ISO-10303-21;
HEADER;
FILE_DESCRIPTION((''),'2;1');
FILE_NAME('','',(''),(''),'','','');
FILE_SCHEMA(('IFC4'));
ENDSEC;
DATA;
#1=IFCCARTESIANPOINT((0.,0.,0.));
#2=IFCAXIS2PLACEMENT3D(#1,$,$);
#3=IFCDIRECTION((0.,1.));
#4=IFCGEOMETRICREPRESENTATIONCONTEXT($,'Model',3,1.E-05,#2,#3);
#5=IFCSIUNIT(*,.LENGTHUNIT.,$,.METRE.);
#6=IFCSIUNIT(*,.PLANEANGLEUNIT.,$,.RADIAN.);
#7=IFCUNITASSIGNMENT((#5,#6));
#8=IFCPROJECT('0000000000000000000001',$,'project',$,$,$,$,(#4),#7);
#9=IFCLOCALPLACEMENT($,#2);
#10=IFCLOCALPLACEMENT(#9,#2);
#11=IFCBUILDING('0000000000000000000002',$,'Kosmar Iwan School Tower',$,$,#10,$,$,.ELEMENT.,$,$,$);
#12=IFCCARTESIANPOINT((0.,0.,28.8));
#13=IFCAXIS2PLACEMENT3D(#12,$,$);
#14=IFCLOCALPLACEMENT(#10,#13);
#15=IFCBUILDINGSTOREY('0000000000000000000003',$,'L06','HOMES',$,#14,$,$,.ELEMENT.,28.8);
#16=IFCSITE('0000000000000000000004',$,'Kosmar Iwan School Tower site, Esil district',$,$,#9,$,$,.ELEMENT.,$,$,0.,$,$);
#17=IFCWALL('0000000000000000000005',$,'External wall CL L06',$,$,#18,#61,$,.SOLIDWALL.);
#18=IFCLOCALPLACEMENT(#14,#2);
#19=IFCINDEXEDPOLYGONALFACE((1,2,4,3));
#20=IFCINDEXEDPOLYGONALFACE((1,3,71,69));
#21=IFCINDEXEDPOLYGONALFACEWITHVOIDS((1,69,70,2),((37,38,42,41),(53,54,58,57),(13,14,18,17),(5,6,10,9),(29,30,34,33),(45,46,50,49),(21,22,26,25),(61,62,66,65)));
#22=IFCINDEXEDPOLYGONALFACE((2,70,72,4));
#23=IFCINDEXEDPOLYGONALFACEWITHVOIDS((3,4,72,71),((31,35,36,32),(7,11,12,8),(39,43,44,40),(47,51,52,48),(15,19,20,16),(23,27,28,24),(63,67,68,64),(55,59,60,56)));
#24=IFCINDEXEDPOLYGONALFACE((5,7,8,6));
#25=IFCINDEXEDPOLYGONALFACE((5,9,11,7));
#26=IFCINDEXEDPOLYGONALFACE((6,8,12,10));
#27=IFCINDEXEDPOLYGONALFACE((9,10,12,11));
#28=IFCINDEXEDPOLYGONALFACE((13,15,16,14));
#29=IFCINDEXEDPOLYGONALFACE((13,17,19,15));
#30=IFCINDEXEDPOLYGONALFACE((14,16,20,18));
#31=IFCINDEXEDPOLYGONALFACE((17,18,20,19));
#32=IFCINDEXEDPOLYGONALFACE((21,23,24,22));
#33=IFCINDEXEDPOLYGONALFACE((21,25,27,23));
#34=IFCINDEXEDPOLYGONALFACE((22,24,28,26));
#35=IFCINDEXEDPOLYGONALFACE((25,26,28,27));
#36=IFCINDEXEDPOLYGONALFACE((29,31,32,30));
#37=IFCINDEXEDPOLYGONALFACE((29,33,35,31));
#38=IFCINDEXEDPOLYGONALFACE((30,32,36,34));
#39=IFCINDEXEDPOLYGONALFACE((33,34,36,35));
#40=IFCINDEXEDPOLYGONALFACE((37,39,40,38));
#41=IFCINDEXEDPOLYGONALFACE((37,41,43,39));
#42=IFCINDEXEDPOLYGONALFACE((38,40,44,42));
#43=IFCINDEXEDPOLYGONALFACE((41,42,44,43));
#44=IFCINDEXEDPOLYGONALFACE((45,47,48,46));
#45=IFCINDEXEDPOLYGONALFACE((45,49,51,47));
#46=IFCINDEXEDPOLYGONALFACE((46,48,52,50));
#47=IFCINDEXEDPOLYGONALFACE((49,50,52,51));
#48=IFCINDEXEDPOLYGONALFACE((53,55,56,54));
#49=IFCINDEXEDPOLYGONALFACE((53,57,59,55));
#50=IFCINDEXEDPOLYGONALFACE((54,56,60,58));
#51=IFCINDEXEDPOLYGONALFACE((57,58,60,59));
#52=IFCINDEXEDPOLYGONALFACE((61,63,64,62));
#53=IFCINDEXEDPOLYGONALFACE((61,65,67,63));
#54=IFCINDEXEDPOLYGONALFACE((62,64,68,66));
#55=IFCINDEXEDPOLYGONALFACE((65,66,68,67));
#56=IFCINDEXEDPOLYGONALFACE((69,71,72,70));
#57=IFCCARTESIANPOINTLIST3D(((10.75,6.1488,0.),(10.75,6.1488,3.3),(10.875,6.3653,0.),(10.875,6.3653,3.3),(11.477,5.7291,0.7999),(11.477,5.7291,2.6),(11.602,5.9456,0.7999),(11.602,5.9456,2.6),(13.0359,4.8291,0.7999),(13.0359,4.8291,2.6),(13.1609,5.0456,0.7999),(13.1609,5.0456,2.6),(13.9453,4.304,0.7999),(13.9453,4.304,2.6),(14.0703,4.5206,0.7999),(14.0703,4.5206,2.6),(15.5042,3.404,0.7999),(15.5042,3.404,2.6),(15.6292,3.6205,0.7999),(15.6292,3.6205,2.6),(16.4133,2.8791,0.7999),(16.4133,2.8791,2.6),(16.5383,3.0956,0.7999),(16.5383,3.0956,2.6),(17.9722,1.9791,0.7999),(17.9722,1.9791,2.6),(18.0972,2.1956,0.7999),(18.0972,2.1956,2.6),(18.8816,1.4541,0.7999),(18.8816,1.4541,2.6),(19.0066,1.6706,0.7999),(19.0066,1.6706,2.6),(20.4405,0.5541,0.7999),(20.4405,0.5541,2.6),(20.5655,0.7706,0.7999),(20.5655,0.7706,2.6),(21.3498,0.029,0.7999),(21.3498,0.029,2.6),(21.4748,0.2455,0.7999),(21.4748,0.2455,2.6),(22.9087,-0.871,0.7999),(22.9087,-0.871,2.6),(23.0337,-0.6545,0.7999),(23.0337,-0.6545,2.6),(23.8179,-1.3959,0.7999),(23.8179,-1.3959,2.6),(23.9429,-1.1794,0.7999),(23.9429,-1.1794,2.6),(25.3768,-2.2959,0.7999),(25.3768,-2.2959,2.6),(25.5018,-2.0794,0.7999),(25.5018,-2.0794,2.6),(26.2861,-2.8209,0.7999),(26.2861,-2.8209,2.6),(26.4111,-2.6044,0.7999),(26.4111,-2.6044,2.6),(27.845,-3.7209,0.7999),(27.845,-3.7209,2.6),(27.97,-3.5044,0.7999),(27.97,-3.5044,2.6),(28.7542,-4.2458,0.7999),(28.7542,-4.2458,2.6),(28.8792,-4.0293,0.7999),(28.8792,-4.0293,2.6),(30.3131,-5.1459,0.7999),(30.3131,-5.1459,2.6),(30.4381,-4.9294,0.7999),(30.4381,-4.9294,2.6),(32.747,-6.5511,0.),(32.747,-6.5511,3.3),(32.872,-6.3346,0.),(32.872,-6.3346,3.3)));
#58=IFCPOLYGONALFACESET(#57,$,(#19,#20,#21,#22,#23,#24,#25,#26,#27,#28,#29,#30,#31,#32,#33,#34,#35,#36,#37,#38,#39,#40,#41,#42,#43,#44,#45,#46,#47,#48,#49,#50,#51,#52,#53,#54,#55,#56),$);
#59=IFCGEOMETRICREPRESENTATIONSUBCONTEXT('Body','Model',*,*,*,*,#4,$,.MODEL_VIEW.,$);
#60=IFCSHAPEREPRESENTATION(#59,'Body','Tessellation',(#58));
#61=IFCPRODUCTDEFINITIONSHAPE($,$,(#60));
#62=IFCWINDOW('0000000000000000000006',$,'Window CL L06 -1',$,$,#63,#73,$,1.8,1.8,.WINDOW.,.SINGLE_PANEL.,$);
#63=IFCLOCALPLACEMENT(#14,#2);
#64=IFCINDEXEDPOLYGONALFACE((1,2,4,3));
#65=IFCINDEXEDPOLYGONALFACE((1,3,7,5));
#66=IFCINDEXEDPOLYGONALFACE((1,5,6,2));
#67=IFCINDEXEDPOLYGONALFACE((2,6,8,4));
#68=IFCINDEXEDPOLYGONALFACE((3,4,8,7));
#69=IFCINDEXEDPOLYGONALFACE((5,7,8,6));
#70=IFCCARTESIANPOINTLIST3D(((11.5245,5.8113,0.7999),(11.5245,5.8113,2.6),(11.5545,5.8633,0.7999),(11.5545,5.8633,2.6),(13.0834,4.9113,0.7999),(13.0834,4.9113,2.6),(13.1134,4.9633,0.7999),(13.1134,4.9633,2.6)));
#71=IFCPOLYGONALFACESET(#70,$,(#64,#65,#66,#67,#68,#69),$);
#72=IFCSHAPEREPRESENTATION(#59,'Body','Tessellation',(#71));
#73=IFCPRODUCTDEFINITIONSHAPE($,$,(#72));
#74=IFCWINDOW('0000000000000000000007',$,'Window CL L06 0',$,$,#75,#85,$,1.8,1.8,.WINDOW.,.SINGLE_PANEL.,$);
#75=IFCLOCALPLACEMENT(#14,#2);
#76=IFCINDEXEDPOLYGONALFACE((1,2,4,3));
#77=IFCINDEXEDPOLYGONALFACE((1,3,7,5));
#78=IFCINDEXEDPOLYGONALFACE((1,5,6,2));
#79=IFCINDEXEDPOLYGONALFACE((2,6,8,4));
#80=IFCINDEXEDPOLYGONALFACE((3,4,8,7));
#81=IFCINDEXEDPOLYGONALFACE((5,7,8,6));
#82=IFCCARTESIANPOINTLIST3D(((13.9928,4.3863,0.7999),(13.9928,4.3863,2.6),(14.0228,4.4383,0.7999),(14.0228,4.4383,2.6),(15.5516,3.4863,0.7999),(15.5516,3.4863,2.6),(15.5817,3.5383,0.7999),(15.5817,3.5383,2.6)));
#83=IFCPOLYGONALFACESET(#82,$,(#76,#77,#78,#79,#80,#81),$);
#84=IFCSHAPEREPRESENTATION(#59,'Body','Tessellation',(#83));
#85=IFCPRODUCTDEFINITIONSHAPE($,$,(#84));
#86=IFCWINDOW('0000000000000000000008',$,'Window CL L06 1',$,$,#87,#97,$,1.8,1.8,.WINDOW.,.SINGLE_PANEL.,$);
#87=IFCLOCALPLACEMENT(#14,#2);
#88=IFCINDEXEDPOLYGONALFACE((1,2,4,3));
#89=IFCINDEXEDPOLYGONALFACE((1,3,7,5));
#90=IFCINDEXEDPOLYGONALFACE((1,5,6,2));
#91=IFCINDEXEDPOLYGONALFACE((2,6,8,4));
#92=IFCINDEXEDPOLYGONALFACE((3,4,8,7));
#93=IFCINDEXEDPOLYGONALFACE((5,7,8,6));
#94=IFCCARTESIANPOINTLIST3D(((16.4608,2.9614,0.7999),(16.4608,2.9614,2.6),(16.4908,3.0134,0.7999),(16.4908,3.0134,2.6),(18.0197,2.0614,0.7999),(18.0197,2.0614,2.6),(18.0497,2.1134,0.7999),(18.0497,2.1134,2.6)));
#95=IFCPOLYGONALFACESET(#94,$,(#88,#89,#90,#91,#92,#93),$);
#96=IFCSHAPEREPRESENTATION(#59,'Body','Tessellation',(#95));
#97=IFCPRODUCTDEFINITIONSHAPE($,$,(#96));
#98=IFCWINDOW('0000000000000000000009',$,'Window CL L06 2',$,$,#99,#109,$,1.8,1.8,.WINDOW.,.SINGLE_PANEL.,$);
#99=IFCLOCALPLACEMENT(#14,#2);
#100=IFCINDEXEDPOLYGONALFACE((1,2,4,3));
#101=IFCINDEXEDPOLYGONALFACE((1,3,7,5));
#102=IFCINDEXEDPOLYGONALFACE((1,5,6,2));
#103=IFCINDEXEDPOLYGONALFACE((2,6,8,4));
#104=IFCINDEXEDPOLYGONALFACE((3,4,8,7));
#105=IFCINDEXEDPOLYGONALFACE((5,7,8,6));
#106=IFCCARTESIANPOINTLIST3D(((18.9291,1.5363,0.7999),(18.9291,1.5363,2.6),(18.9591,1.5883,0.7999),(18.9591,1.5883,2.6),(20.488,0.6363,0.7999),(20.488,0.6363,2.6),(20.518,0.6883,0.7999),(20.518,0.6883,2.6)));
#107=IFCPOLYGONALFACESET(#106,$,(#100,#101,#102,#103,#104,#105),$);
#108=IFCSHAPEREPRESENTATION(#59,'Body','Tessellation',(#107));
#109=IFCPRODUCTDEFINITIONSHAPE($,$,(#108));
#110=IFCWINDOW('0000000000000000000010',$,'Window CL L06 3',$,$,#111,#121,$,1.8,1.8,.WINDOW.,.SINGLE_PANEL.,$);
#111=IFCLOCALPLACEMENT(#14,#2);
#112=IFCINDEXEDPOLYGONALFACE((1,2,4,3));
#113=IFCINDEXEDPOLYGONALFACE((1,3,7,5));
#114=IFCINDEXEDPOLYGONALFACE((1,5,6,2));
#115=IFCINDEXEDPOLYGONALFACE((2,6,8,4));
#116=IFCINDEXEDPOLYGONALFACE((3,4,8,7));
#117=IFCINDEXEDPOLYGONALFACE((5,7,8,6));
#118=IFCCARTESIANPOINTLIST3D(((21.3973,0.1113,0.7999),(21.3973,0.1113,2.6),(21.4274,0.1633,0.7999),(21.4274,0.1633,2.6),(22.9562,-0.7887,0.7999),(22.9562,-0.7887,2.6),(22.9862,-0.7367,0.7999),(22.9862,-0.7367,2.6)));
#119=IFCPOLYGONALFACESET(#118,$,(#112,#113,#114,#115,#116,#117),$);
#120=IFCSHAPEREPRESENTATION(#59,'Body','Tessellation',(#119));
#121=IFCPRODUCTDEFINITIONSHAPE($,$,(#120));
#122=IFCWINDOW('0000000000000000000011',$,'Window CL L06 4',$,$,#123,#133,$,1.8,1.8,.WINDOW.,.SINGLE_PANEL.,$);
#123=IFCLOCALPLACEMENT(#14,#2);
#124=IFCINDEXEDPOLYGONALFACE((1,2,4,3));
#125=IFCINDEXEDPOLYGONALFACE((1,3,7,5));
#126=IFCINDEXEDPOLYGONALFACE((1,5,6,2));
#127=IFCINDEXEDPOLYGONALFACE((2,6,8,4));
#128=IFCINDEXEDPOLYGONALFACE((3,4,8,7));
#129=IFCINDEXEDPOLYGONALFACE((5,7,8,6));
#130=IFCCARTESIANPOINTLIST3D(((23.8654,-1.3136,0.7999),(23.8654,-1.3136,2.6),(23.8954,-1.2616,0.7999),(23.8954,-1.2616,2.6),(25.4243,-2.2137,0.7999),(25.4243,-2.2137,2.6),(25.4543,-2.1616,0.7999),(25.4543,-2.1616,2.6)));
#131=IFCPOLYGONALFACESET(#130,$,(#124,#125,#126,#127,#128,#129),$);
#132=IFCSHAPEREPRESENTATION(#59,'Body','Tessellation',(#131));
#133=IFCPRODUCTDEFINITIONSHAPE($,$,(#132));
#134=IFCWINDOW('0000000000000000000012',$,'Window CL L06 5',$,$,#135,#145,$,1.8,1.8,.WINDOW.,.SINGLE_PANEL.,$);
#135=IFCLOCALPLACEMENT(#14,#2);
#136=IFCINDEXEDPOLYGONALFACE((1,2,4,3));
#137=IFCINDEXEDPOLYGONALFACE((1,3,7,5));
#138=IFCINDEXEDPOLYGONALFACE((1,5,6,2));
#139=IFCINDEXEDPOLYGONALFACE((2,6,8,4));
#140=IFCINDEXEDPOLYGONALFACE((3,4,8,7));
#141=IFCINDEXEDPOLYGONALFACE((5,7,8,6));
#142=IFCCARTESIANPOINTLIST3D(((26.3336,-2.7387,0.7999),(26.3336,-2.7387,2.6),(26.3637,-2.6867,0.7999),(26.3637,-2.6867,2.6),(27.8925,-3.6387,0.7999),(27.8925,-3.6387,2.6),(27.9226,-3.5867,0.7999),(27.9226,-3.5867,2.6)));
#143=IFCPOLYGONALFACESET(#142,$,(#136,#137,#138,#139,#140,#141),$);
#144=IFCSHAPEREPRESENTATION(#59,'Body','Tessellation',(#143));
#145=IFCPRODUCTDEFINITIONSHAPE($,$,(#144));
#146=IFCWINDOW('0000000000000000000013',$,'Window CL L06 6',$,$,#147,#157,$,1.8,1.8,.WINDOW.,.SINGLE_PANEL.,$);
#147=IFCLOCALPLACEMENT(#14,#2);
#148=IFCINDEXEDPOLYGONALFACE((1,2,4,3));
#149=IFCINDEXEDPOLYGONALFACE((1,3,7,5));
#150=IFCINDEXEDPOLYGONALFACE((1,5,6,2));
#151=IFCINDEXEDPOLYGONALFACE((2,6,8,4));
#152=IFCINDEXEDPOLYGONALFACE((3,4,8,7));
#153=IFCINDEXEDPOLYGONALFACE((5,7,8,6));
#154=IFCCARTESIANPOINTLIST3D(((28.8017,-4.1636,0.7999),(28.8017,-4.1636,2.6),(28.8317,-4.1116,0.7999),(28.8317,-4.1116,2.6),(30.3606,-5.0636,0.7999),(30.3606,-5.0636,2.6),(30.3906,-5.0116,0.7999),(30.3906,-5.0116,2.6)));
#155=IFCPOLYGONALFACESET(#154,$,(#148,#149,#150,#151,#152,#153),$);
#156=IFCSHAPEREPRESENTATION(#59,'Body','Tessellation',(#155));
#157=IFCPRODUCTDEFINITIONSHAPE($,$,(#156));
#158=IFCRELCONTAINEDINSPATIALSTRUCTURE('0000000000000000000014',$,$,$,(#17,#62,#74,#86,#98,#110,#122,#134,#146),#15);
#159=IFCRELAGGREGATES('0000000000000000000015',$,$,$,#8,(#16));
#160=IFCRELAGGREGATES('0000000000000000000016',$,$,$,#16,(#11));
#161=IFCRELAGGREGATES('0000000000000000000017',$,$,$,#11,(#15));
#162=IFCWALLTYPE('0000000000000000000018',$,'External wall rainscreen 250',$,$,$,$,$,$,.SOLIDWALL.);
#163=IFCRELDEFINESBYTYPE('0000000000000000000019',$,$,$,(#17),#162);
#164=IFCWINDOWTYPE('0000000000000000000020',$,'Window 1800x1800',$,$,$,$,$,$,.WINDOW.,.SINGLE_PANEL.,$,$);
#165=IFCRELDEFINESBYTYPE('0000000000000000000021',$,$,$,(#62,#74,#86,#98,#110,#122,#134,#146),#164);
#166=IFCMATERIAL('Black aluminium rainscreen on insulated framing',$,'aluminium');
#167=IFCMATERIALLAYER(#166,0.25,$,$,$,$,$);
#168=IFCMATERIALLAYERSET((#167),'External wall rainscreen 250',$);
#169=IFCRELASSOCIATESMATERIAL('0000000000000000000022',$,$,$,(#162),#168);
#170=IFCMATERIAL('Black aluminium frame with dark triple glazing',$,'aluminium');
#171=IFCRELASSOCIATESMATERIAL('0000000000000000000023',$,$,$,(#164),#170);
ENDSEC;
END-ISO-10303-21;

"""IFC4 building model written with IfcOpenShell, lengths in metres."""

from ifc_helpers import new_model, si_unit, direction, frame, frame_2d, origin, place, context, subcontext, project, spatial, rectangle, extrude, material, layer, layer_set, type_object, element, fill, save


model = new_model("IFC4")

# Units and contexts
model_context = context("Model", 3, precision=1e-05, world=origin(), true_north=direction((0.0, 1.0)))
body_context = subcontext(model_context, "Body", "Model", "MODEL_VIEW")
ifc_project = project(units=[si_unit("LENGTHUNIT", "METRE"), si_unit("PLANEANGLEUNIT", "RADIAN")], contexts=[model_context])

# Site, building, storey
site_placement = place(None, origin())
site = spatial("IfcSite", under=ifc_project, at=site_placement, Name="Kosmar Iwan School Tower site, Esil district", CompositionType="ELEMENT", RefElevation=0.0)
building_placement = place(site_placement, origin())
building = spatial("IfcBuilding", under=site, at=building_placement, Name="Kosmar Iwan School Tower", CompositionType="ELEMENT")
storey_placement = place(building_placement, frame((0.0, 0.0, 28.8)))
storey = spatial("IfcBuildingStorey", under=building, at=storey_placement, Name="L06", Description="HOMES", CompositionType="ELEMENT", Elevation=28.8)

# Wall, openings, windows
ifc_material_1 = material(Name="Black aluminium rainscreen on insulated framing", Category="aluminium")
ifc_layer = layer(ifc_material_1, 0.25)
ifc_layer_set = layer_set([ifc_layer], Name="External wall rainscreen 250")
wall_type = type_object("IfcWallType", Name="External wall rainscreen 250", PredefinedType="SOLIDWALL", material=ifc_layer_set)
wall_1_placement = place(storey_placement, frame((10.8125, 6.2571, 0.0), z_axis=(0.0, 0.0, 1.0), x_axis=(0.866026, -0.499998, 0.0)))
wall_1 = element("IfcWall", 1, at=wall_1_placement, inside=storey, type_object=wall_type, Name="External wall CL L06", PredefinedType="SOLIDWALL", context=body_context, shape_type="SweptSolid", body=[
    extrude(rectangle(XDim=25.3999, YDim=0.25, at=frame_2d((12.7, 0.0))), origin(), (0.0, 0.0, 1.0), 3.3),
])
opening_1_placement = place(wall_1_placement, frame((0.8396, 0.0, 0.8)))
opening_1 = element("IfcOpeningElement", 2, at=opening_1_placement, cuts=wall_1, PredefinedType="OPENING", context=body_context, shape_type="SweptSolid", body=[
    extrude(rectangle(XDim=1.8, YDim=1.8, at=frame_2d((0.8999, 0.8999))), frame((0.0, 0.137, 0.0), z_axis=(0.0, -1.0, 0.0), x_axis=(1.0, 0.0, 0.0)), (0.0, 0.0, 1.0), 0.2739),
])
opening_2_placement = place(wall_1_placement, frame((3.6897, 0.0, 0.8)))
opening_2 = element("IfcOpeningElement", 3, at=opening_2_placement, cuts=wall_1, PredefinedType="OPENING", context=body_context, shape_type="SweptSolid", body=[
    extrude(rectangle(XDim=1.8, YDim=1.8, at=frame_2d((0.8999, 0.8999))), frame((0.0, 0.137, 0.0), z_axis=(0.0, -1.0, 0.0), x_axis=(1.0, 0.0, 0.0)), (0.0, 0.0, 1.0), 0.2739),
])
opening_3_placement = place(wall_1_placement, frame((6.5396, 0.0, 0.8)))
opening_3 = element("IfcOpeningElement", 4, at=opening_3_placement, cuts=wall_1, PredefinedType="OPENING", context=body_context, shape_type="SweptSolid", body=[
    extrude(rectangle(XDim=1.8, YDim=1.8, at=frame_2d((0.8999, 0.8999))), frame((0.0, 0.137, 0.0), z_axis=(0.0, -1.0, 0.0), x_axis=(1.0, 0.0, 0.0)), (0.0, 0.0, 1.0), 0.2739),
])
opening_4_placement = place(wall_1_placement, frame((9.3896, 0.0, 0.8)))
opening_4 = element("IfcOpeningElement", 5, at=opening_4_placement, cuts=wall_1, PredefinedType="OPENING", context=body_context, shape_type="SweptSolid", body=[
    extrude(rectangle(XDim=1.8, YDim=1.8, at=frame_2d((0.8999, 0.8999))), frame((0.0, 0.137, 0.0), z_axis=(0.0, -1.0, 0.0), x_axis=(1.0, 0.0, 0.0)), (0.0, 0.0, 1.0), 0.2739),
])
opening_5_placement = place(wall_1_placement, frame((12.2397, 0.0, 0.8)))
opening_5 = element("IfcOpeningElement", 6, at=opening_5_placement, cuts=wall_1, PredefinedType="OPENING", context=body_context, shape_type="SweptSolid", body=[
    extrude(rectangle(XDim=1.8, YDim=1.8, at=frame_2d((0.8999, 0.8999))), frame((0.0, 0.137, 0.0), z_axis=(0.0, -1.0, 0.0), x_axis=(1.0, 0.0, 0.0)), (0.0, 0.0, 1.0), 0.2739),
])
opening_6_placement = place(wall_1_placement, frame((15.0896, 0.0, 0.8)))
opening_6 = element("IfcOpeningElement", 7, at=opening_6_placement, cuts=wall_1, PredefinedType="OPENING", context=body_context, shape_type="SweptSolid", body=[
    extrude(rectangle(XDim=1.8, YDim=1.8, at=frame_2d((0.8999, 0.8999))), frame((0.0, 0.137, 0.0), z_axis=(0.0, -1.0, 0.0), x_axis=(1.0, 0.0, 0.0)), (0.0, 0.0, 1.0), 0.2739),
])
opening_7_placement = place(wall_1_placement, frame((17.9397, 0.0, 0.8)))
opening_7 = element("IfcOpeningElement", 8, at=opening_7_placement, cuts=wall_1, PredefinedType="OPENING", context=body_context, shape_type="SweptSolid", body=[
    extrude(rectangle(XDim=1.8, YDim=1.8, at=frame_2d((0.8999, 0.8999))), frame((0.0, 0.137, 0.0), z_axis=(0.0, -1.0, 0.0), x_axis=(1.0, 0.0, 0.0)), (0.0, 0.0, 1.0), 0.2739),
])
opening_8_placement = place(wall_1_placement, frame((20.7896, 0.0, 0.8)))
opening_8 = element("IfcOpeningElement", 9, at=opening_8_placement, cuts=wall_1, PredefinedType="OPENING", context=body_context, shape_type="SweptSolid", body=[
    extrude(rectangle(XDim=1.8, YDim=1.8, at=frame_2d((0.8999, 0.8999))), frame((0.0, 0.137, 0.0), z_axis=(0.0, -1.0, 0.0), x_axis=(1.0, 0.0, 0.0)), (0.0, 0.0, 1.0), 0.2739),
])
ifc_material_2 = material(Name="Black aluminium frame with dark triple glazing", Category="aluminium")
window_type = type_object("IfcWindowType", Name="Window 1800x1800", PartitioningType="SINGLE_PANEL", PredefinedType="WINDOW", material=ifc_material_2)
window_1_placement = place(opening_1_placement, origin())
window_1 = element("IfcWindow", 10, at=window_1_placement, inside=storey, type_object=window_type, Name="Window CL L06 -1", OverallHeight=1.8, OverallWidth=1.8, PartitioningType="SINGLE_PANEL", PredefinedType="WINDOW", context=body_context, shape_type="SweptSolid", body=[
    extrude(rectangle(XDim=1.8, YDim=1.8, at=frame_2d((0.8999, 0.8999))), frame((0.0, 0.03, 0.0), z_axis=(0.0, -1.0, 0.0), x_axis=(1.0, 0.0, 0.0)), (0.0, 0.0, 1.0), 0.0601),
])
fill(opening_1, window_1)
window_2_placement = place(opening_2_placement, origin())
window_2 = element("IfcWindow", 11, at=window_2_placement, inside=storey, type_object=window_type, Name="Window CL L06 0", OverallHeight=1.8, OverallWidth=1.8, PartitioningType="SINGLE_PANEL", PredefinedType="WINDOW", context=body_context, shape_type="SweptSolid", body=[
    extrude(rectangle(XDim=1.8, YDim=1.8, at=frame_2d((0.8999, 0.8999))), frame((0.0, 0.03, 0.0), z_axis=(0.0, -1.0, 0.0), x_axis=(1.0, 0.0, 0.0)), (0.0, 0.0, 1.0), 0.0601),
])
fill(opening_2, window_2)
window_3_placement = place(opening_3_placement, origin())
window_3 = element("IfcWindow", 12, at=window_3_placement, inside=storey, type_object=window_type, Name="Window CL L06 1", OverallHeight=1.8, OverallWidth=1.8, PartitioningType="SINGLE_PANEL", PredefinedType="WINDOW", context=body_context, shape_type="SweptSolid", body=[
    extrude(rectangle(XDim=1.8, YDim=1.8, at=frame_2d((0.8999, 0.8999))), frame((0.0, 0.03, 0.0), z_axis=(0.0, -1.0, 0.0), x_axis=(1.0, 0.0, 0.0)), (0.0, 0.0, 1.0), 0.0601),
])
fill(opening_3, window_3)
window_4_placement = place(opening_4_placement, origin())
window_4 = element("IfcWindow", 13, at=window_4_placement, inside=storey, type_object=window_type, Name="Window CL L06 2", OverallHeight=1.8, OverallWidth=1.8, PartitioningType="SINGLE_PANEL", PredefinedType="WINDOW", context=body_context, shape_type="SweptSolid", body=[
    extrude(rectangle(XDim=1.8, YDim=1.8, at=frame_2d((0.8999, 0.8999))), frame((0.0, 0.03, 0.0), z_axis=(0.0, -1.0, 0.0), x_axis=(1.0, 0.0, 0.0)), (0.0, 0.0, 1.0), 0.0601),
])
fill(opening_4, window_4)
window_5_placement = place(opening_5_placement, origin())
window_5 = element("IfcWindow", 14, at=window_5_placement, inside=storey, type_object=window_type, Name="Window CL L06 3", OverallHeight=1.8, OverallWidth=1.8, PartitioningType="SINGLE_PANEL", PredefinedType="WINDOW", context=body_context, shape_type="SweptSolid", body=[
    extrude(rectangle(XDim=1.8, YDim=1.8, at=frame_2d((0.8999, 0.8999))), frame((0.0, 0.03, 0.0), z_axis=(0.0, -1.0, 0.0), x_axis=(1.0, 0.0, 0.0)), (0.0, 0.0, 1.0), 0.0601),
])
fill(opening_5, window_5)
window_6_placement = place(opening_6_placement, origin())
window_6 = element("IfcWindow", 15, at=window_6_placement, inside=storey, type_object=window_type, Name="Window CL L06 4", OverallHeight=1.8, OverallWidth=1.8, PartitioningType="SINGLE_PANEL", PredefinedType="WINDOW", context=body_context, shape_type="SweptSolid", body=[
    extrude(rectangle(XDim=1.8, YDim=1.8, at=frame_2d((0.8999, 0.8999))), frame((0.0, 0.03, 0.0), z_axis=(0.0, -1.0, 0.0), x_axis=(1.0, 0.0, 0.0)), (0.0, 0.0, 1.0), 0.0601),
])
fill(opening_6, window_6)
window_7_placement = place(opening_7_placement, origin())
window_7 = element("IfcWindow", 16, at=window_7_placement, inside=storey, type_object=window_type, Name="Window CL L06 5", OverallHeight=1.8, OverallWidth=1.8, PartitioningType="SINGLE_PANEL", PredefinedType="WINDOW", context=body_context, shape_type="SweptSolid", body=[
    extrude(rectangle(XDim=1.8, YDim=1.8, at=frame_2d((0.8999, 0.8999))), frame((0.0, 0.03, 0.0), z_axis=(0.0, -1.0, 0.0), x_axis=(1.0, 0.0, 0.0)), (0.0, 0.0, 1.0), 0.0601),
])
fill(opening_7, window_7)
window_8_placement = place(opening_8_placement, origin())
window_8 = element("IfcWindow", 17, at=window_8_placement, inside=storey, type_object=window_type, Name="Window CL L06 6", OverallHeight=1.8, OverallWidth=1.8, PartitioningType="SINGLE_PANEL", PredefinedType="WINDOW", context=body_context, shape_type="SweptSolid", body=[
    extrude(rectangle(XDim=1.8, YDim=1.8, at=frame_2d((0.8999, 0.8999))), frame((0.0, 0.03, 0.0), z_axis=(0.0, -1.0, 0.0), x_axis=(1.0, 0.0, 0.0)), (0.0, 0.0, 1.0), 0.0601),
])
fill(opening_8, window_8)

save(model, "model.ifc")
